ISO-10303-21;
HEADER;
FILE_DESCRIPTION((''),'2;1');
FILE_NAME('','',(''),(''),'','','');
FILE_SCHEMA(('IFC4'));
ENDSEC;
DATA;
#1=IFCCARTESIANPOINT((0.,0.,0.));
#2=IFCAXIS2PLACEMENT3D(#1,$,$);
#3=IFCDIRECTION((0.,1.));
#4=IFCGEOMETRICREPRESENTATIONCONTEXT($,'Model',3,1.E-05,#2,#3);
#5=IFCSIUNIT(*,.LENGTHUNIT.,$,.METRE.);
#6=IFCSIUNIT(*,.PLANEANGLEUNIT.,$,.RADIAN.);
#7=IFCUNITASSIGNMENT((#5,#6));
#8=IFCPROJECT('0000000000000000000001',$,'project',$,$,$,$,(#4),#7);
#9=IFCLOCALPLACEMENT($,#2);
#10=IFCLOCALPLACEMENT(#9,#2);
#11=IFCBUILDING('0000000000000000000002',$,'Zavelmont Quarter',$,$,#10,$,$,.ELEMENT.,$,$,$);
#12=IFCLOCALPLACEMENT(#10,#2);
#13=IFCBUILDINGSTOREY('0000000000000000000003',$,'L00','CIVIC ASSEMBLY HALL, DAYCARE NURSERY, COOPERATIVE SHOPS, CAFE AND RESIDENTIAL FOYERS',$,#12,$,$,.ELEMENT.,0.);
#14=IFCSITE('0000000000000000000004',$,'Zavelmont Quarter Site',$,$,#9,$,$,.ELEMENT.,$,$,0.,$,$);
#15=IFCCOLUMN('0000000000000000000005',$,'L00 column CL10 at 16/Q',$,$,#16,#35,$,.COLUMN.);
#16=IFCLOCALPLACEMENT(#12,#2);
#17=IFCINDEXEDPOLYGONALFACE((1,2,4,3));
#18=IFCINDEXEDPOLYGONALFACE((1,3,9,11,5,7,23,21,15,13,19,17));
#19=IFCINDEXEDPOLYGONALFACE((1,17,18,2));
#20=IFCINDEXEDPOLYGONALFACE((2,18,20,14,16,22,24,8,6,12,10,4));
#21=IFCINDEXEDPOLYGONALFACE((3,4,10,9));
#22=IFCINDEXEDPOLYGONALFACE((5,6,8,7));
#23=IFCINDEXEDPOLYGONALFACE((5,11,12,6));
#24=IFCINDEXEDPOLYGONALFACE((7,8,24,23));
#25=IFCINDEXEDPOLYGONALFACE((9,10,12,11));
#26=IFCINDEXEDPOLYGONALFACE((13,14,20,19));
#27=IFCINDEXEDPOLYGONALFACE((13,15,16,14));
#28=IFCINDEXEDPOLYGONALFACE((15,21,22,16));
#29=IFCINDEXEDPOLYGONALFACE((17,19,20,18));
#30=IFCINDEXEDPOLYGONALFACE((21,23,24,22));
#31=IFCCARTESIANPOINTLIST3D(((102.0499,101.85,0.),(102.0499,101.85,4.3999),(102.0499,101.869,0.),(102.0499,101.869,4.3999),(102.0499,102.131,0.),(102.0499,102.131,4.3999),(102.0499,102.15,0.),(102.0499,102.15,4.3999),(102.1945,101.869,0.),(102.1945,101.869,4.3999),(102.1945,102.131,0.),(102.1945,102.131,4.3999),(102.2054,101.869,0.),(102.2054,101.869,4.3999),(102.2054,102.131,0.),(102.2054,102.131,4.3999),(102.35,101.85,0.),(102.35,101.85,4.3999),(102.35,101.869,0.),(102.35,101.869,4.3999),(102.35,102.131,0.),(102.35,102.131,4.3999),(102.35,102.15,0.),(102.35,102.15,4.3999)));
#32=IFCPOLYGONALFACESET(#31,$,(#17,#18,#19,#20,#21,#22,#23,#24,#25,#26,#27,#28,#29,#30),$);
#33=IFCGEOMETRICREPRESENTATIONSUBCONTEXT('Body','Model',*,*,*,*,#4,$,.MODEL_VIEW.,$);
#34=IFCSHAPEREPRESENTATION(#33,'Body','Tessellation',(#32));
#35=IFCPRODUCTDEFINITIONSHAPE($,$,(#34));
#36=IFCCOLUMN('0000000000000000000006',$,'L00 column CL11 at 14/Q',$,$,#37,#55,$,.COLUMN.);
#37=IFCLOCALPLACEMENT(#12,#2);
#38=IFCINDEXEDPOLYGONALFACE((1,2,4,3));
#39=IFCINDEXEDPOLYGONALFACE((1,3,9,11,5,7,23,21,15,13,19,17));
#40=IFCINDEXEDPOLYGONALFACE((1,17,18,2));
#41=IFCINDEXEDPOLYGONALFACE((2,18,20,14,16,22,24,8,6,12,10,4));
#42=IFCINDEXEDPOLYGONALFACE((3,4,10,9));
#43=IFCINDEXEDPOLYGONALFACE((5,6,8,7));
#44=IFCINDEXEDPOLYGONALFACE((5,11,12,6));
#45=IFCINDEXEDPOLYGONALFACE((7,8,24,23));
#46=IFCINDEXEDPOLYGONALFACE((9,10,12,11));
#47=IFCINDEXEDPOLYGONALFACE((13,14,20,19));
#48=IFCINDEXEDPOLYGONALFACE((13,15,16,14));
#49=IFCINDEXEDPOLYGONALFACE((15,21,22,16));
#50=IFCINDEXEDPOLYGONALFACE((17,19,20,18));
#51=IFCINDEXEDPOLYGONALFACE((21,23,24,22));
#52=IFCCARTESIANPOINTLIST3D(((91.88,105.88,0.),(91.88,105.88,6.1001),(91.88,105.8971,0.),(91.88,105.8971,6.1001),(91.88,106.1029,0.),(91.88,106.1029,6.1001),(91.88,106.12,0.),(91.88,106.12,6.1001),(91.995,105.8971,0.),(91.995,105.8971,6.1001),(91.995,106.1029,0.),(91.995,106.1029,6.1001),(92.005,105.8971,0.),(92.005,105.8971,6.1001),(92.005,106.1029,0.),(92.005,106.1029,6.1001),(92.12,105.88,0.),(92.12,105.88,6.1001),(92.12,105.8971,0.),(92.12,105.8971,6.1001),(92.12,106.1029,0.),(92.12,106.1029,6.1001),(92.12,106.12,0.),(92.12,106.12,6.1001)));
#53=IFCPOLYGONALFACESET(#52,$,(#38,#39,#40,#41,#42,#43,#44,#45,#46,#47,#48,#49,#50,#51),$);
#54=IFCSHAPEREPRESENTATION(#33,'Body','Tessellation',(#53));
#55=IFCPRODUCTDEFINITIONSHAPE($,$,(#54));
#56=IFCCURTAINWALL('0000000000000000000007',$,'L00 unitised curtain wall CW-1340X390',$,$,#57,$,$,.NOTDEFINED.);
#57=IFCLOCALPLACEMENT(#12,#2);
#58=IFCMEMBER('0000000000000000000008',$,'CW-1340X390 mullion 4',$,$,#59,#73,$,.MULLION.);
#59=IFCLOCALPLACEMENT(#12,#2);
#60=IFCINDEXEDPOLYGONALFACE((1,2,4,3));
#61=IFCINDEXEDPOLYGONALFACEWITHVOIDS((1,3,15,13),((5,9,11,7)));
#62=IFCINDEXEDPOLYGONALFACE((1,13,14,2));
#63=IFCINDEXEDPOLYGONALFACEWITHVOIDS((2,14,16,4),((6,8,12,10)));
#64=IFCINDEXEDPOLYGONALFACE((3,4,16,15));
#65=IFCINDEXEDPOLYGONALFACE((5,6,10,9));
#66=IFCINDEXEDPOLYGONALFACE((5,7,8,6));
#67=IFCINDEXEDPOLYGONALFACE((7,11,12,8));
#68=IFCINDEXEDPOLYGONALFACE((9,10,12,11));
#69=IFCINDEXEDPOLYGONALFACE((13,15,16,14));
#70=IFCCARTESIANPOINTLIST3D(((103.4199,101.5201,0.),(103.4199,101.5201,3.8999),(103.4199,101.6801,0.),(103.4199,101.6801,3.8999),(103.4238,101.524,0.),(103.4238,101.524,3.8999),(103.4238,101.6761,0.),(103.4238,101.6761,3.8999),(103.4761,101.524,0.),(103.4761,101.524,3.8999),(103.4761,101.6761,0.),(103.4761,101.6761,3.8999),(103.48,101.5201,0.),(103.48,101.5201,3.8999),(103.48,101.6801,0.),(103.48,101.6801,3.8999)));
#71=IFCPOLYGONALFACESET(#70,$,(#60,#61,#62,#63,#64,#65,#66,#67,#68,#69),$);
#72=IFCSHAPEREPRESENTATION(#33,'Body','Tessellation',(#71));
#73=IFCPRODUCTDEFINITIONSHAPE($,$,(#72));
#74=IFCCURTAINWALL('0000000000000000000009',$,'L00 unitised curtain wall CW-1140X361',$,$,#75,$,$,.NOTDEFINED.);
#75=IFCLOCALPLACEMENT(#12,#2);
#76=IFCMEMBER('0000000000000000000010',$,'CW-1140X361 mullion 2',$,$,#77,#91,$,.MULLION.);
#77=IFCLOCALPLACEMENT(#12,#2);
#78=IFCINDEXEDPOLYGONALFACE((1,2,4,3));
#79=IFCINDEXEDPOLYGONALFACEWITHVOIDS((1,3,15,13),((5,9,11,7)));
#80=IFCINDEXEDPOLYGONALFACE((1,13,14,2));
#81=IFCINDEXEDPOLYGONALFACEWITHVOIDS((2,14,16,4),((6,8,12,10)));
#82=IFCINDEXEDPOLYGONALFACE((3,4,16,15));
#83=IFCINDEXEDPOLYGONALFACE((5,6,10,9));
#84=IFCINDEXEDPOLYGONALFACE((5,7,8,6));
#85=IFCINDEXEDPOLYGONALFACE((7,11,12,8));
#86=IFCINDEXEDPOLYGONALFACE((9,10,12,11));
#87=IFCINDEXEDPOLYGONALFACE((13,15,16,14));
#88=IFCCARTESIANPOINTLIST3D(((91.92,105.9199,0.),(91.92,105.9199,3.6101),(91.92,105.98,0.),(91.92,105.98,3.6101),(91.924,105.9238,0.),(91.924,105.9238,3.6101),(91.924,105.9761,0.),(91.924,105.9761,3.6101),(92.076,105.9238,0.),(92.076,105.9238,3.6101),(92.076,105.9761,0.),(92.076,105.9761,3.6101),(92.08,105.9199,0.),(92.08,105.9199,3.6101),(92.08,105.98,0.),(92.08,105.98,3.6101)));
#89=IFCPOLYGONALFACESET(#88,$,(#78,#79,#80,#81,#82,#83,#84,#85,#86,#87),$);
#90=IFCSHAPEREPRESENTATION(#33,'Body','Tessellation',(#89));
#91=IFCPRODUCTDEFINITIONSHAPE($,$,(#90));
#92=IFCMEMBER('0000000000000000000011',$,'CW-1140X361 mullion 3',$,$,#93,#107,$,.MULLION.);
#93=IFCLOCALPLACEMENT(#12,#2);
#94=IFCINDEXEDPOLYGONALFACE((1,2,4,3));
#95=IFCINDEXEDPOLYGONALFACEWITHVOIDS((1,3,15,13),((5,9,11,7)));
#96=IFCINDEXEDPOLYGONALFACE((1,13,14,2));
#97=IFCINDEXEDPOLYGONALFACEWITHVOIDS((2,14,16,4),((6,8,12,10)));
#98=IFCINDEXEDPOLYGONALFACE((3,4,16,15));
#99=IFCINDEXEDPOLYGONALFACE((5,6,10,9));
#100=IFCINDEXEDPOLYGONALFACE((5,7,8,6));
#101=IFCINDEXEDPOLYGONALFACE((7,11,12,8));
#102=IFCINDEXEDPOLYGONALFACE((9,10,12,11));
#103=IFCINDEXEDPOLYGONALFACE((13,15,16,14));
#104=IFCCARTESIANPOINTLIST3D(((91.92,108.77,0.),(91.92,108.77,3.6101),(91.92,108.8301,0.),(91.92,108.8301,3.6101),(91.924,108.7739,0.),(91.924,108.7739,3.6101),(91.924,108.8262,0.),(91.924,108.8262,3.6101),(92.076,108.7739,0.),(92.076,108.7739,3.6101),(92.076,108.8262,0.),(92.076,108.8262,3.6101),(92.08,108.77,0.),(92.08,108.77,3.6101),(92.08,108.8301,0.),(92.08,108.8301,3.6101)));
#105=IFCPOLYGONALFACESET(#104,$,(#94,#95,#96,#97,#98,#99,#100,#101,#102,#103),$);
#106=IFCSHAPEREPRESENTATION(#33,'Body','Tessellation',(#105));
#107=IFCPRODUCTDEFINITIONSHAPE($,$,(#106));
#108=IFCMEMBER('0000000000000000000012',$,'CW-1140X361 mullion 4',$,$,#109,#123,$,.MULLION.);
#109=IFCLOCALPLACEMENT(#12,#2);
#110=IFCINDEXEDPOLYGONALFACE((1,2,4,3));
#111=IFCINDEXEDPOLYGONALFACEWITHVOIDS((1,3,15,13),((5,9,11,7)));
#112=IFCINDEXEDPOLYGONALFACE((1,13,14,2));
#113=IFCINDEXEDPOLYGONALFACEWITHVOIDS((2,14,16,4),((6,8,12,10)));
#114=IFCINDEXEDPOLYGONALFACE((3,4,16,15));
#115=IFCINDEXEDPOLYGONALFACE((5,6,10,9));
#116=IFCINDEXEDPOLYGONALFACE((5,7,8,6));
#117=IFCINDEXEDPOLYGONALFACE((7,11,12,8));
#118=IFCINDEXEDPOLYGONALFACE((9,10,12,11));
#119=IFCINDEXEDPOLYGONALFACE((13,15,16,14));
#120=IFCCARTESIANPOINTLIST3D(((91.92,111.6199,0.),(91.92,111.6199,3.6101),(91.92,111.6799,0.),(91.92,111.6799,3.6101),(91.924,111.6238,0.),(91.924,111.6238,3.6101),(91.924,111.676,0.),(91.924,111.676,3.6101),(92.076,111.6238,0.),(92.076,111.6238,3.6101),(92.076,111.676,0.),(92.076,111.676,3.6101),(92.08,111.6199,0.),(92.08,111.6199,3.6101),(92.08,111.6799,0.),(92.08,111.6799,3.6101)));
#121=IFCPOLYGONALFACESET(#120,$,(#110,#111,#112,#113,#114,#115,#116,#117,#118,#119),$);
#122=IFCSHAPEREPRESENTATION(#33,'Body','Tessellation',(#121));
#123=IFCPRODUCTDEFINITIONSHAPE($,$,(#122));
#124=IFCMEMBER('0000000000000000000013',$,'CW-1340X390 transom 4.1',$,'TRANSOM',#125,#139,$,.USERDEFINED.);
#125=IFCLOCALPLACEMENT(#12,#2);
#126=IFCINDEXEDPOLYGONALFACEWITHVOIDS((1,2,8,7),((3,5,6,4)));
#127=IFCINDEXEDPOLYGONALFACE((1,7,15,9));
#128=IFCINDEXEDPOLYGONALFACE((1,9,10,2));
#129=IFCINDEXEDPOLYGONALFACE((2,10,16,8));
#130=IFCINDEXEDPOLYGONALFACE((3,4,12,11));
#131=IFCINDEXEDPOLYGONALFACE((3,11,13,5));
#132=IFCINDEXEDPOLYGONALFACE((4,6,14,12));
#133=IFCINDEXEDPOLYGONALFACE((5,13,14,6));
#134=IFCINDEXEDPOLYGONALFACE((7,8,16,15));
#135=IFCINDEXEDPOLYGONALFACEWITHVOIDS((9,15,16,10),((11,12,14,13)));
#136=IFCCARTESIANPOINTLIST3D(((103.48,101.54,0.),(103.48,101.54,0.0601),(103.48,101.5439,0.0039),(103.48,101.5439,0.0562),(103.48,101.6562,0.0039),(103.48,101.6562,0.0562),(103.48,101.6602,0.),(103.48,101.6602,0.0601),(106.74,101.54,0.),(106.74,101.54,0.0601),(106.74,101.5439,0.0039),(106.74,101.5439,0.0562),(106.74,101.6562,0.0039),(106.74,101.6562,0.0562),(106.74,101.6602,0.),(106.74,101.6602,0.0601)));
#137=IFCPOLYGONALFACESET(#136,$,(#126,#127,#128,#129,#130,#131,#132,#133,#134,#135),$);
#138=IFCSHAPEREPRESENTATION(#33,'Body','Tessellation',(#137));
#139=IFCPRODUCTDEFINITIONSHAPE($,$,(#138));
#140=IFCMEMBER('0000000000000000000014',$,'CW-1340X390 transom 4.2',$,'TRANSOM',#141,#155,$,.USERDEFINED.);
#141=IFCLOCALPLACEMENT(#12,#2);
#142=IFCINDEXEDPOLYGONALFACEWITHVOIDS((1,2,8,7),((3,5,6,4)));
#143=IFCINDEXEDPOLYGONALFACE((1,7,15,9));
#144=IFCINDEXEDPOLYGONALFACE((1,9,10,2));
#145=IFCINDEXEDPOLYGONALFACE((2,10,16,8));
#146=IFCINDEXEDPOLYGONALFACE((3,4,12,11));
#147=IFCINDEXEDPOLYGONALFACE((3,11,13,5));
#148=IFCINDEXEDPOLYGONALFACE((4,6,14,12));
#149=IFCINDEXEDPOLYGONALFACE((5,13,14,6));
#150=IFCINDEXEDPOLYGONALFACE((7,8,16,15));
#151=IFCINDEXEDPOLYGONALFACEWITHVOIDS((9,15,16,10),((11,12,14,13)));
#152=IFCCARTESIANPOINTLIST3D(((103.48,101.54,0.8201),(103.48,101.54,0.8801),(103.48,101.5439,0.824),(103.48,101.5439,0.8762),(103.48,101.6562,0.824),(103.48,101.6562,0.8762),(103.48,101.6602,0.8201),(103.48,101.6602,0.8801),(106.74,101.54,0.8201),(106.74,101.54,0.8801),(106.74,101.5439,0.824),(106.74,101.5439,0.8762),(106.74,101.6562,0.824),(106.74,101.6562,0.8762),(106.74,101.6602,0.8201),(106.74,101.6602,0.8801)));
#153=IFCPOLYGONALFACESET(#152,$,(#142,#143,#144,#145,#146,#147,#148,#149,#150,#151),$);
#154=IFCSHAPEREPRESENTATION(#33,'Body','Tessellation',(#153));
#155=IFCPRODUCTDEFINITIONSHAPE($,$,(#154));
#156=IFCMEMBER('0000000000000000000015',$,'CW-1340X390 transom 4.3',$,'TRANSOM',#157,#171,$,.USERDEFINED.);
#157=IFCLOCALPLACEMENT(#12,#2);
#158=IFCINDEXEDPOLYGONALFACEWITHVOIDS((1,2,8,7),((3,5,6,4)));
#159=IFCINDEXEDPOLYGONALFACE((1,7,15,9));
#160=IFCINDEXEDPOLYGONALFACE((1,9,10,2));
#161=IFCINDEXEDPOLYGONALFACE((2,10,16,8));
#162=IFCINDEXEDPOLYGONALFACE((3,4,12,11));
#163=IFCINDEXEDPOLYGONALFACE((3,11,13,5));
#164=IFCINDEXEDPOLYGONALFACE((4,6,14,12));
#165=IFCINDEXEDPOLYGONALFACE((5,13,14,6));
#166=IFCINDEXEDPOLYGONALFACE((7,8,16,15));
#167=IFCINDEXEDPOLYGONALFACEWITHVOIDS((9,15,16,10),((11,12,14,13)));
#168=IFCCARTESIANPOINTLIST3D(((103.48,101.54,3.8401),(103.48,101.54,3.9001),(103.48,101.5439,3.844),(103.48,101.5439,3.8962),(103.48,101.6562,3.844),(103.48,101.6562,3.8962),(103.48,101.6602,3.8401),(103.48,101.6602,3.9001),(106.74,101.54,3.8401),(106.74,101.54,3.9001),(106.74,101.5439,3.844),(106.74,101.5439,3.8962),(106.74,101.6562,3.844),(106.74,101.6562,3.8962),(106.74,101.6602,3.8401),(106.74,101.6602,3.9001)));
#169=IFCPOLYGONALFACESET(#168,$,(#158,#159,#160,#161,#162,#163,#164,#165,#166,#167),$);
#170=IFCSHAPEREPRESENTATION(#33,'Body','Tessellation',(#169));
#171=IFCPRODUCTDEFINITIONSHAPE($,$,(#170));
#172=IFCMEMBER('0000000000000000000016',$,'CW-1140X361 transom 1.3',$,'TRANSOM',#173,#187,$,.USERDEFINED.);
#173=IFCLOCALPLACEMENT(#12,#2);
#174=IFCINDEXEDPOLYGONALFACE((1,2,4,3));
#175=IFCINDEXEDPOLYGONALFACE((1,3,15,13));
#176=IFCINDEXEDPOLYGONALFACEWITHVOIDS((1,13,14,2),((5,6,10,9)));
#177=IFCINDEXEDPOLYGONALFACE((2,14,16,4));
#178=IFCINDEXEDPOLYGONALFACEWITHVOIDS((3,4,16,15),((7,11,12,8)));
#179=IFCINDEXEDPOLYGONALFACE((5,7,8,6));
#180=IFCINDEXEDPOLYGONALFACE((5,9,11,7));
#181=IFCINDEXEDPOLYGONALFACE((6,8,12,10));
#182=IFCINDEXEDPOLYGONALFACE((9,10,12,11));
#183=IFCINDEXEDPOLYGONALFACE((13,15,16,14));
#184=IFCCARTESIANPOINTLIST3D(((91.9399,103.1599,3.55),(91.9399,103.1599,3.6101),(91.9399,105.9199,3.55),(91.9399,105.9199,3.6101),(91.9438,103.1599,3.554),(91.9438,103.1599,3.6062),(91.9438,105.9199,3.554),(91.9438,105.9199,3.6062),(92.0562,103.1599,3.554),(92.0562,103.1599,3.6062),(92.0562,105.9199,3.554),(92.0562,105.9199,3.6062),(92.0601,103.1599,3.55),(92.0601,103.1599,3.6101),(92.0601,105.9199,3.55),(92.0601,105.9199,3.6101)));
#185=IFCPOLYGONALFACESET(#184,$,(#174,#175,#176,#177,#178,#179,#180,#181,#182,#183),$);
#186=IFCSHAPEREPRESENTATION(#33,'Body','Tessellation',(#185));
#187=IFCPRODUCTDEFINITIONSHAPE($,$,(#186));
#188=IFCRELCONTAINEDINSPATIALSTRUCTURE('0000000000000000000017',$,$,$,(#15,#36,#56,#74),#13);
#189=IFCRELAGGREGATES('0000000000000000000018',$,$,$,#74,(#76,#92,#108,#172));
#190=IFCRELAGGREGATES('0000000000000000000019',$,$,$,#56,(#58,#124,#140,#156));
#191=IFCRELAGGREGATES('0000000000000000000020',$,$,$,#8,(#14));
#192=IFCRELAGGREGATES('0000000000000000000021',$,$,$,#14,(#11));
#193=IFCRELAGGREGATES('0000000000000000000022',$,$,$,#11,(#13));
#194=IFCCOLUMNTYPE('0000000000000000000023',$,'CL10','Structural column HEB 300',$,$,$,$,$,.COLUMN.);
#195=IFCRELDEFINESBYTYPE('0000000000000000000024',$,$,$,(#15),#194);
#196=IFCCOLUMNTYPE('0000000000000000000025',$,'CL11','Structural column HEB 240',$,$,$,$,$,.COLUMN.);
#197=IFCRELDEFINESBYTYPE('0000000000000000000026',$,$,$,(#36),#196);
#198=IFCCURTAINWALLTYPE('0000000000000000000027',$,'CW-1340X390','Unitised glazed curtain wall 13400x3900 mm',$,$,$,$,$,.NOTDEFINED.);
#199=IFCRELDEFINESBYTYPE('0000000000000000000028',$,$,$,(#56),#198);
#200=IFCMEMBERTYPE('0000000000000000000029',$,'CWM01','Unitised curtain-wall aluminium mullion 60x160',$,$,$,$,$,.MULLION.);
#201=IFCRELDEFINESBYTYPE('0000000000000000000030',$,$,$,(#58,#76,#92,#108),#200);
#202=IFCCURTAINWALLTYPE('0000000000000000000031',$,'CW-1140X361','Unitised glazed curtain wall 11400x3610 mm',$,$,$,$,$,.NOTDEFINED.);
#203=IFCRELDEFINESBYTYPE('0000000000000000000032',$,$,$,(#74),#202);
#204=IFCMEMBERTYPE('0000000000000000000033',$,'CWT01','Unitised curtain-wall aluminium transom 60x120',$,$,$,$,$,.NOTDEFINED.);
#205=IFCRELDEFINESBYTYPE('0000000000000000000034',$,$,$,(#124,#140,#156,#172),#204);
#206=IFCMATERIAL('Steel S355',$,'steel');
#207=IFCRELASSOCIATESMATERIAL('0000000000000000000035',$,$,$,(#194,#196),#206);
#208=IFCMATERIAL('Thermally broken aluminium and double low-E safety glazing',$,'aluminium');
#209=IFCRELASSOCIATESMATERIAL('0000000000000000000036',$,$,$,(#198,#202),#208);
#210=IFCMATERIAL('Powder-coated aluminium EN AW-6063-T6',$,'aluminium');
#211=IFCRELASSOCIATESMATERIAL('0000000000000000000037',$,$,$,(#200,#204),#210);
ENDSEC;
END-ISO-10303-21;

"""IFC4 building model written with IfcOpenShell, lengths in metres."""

from ifc_helpers import new_model, si_unit, direction, frame, origin, origin_2d, place, context, subcontext, project, spatial, hollow_rectangle, i_section, extrude, material, material_profile, profile_set, type_object, element, aggregate, save


model = new_model("IFC4")

# Units and contexts
model_context = context("Model", 3, precision=1e-05, world=origin(), true_north=direction((0.0, 1.0)))
body_context = subcontext(model_context, "Body", "Model", "MODEL_VIEW")
ifc_project = project(units=[si_unit("LENGTHUNIT", "METRE"), si_unit("PLANEANGLEUNIT", "RADIAN")], contexts=[model_context])

# Site, building, storey
site_placement = place(None, origin())
site = spatial("IfcSite", under=ifc_project, at=site_placement, Name="Zavelmont Quarter Site", CompositionType="ELEMENT", RefElevation=0.0)
building_placement = place(site_placement, origin())
building = spatial("IfcBuilding", under=site, at=building_placement, Name="Zavelmont Quarter", CompositionType="ELEMENT")
storey_placement = place(building_placement, origin())
storey = spatial("IfcBuildingStorey", under=building, at=storey_placement, Name="L00", Description="CIVIC ASSEMBLY HALL, DAYCARE NURSERY, COOPERATIVE SHOPS, CAFE AND RESIDENTIAL FOYERS", CompositionType="ELEMENT", Elevation=0.0)

# Columns
ifc_material_1 = material(Name="Steel S355", Category="steel")
ifc_material_profile_1 = material_profile(ifc_material_1, i_section(OverallWidth=0.3, OverallDepth=0.3, WebThickness=0.011, FlangeThickness=0.019, at=origin_2d()), Name="HEB 300")
ifc_profile_set_1 = profile_set([ifc_material_profile_1], Name="Steel S355")
column_type_1 = type_object("IfcColumnType", Name="CL10", Description="Structural column HEB 300", PredefinedType="COLUMN", material=ifc_profile_set_1)
column_1_placement = place(storey_placement, frame((102.2, 102.0, 0.0), z_axis=(0.0, 0.0, 1.0), x_axis=(1.0, 0.0, 0.0)))
element("IfcColumn", 1, at=column_1_placement, inside=storey, type_object=column_type_1, Name="L00 column CL10 at 16/Q", PredefinedType="COLUMN", context=body_context, shape_type="SweptSolid", body=[
    extrude(i_section(OverallWidth=0.3, OverallDepth=0.3, WebThickness=0.011, FlangeThickness=0.019, at=origin_2d()), origin(), (0.0, 0.0, 1.0), 4.3999),
])
ifc_material_profile_2 = material_profile(ifc_material_1, i_section(OverallWidth=0.24, OverallDepth=0.24, WebThickness=0.01, FlangeThickness=0.0171, at=origin_2d()), Name="HEB 240")
ifc_profile_set_2 = profile_set([ifc_material_profile_2], Name="Steel S355")
column_type_2 = type_object("IfcColumnType", Name="CL11", Description="Structural column HEB 240", PredefinedType="COLUMN", material=ifc_profile_set_2)
column_2_placement = place(storey_placement, frame((92.0, 106.0, 0.0), z_axis=(0.0, 0.0, 1.0), x_axis=(1.0, 0.0, 0.0)))
element("IfcColumn", 2, at=column_2_placement, inside=storey, type_object=column_type_2, Name="L00 column CL11 at 14/Q", PredefinedType="COLUMN", context=body_context, shape_type="SweptSolid", body=[
    extrude(i_section(OverallWidth=0.24, OverallDepth=0.24, WebThickness=0.01, FlangeThickness=0.0171, at=origin_2d()), origin(), (0.0, 0.0, 1.0), 6.1001),
])

# Curtain wall, member
ifc_material_2 = material(Name="Thermally broken aluminium and double low-E safety glazing", Category="aluminium")
curtain_wall_type_1 = type_object("IfcCurtainWallType", Name="CW-1340X390", Description="Unitised glazed curtain wall 13400x3900 mm", PredefinedType="NOTDEFINED", material=ifc_material_2)
curtain_wall_1_placement = place(storey_placement, origin())
curtain_wall_1 = element("IfcCurtainWall", 3, at=curtain_wall_1_placement, inside=storey, type_object=curtain_wall_type_1, Name="L00 unitised curtain wall CW-1340X390", PredefinedType="NOTDEFINED")
ifc_material_3 = material(Name="Powder-coated aluminium EN AW-6063-T6", Category="aluminium")
ifc_material_profile_3 = material_profile(ifc_material_3, hollow_rectangle(XDim=0.0601, YDim=0.1599, WallThickness=0.0039, at=origin_2d()), Name="CWM60X160")
ifc_profile_set_3 = profile_set([ifc_material_profile_3], Name="Powder-coated aluminium EN AW-6063-T6")
member_type_1 = type_object("IfcMemberType", Name="CWM01", Description="Unitised curtain-wall aluminium mullion 60x160", PredefinedType="MULLION", material=ifc_profile_set_3)
member_1_placement = place(storey_placement, frame((103.45, 101.6001, 0.0), z_axis=(0.0, 0.0, 1.0), x_axis=(1.0, 0.0, 0.0)))
member_1 = element("IfcMember", 4, at=member_1_placement, type_object=member_type_1, Name="CW-1340X390 mullion 4", PredefinedType="MULLION", context=body_context, shape_type="SweptSolid", body=[
    extrude(hollow_rectangle(XDim=0.0601, YDim=0.1599, WallThickness=0.0039, at=origin_2d()), origin(), (0.0, 0.0, 1.0), 3.8999),
])

# Curtain wall, members
curtain_wall_type_2 = type_object("IfcCurtainWallType", Name="CW-1140X361", Description="Unitised glazed curtain wall 11400x3610 mm", PredefinedType="NOTDEFINED", material=ifc_material_2)
curtain_wall_2_placement = place(storey_placement, origin())
curtain_wall_2 = element("IfcCurtainWall", 5, at=curtain_wall_2_placement, inside=storey, type_object=curtain_wall_type_2, Name="L00 unitised curtain wall CW-1140X361", PredefinedType="NOTDEFINED")
member_2_placement = place(storey_placement, frame((92.0, 105.95, 0.0), z_axis=(0.0, 0.0, 1.0), x_axis=(0.0, 1.0, 0.0)))
member_2 = element("IfcMember", 6, at=member_2_placement, type_object=member_type_1, Name="CW-1140X361 mullion 2", PredefinedType="MULLION", context=body_context, shape_type="SweptSolid", body=[
    extrude(hollow_rectangle(XDim=0.0601, YDim=0.1599, WallThickness=0.0039, at=origin_2d()), origin(), (0.0, 0.0, 1.0), 3.6101),
])
member_3_placement = place(storey_placement, frame((92.0, 108.8, 0.0), z_axis=(0.0, 0.0, 1.0), x_axis=(0.0, 1.0, 0.0)))
member_3 = element("IfcMember", 7, at=member_3_placement, type_object=member_type_1, Name="CW-1140X361 mullion 3", PredefinedType="MULLION", context=body_context, shape_type="SweptSolid", body=[
    extrude(hollow_rectangle(XDim=0.0601, YDim=0.1599, WallThickness=0.0039, at=origin_2d()), origin(), (0.0, 0.0, 1.0), 3.6101),
])
member_4_placement = place(storey_placement, frame((92.0, 111.6499, 0.0), z_axis=(0.0, 0.0, 1.0), x_axis=(0.0, 1.0, 0.0)))
member_4 = element("IfcMember", 8, at=member_4_placement, type_object=member_type_1, Name="CW-1140X361 mullion 4", PredefinedType="MULLION", context=body_context, shape_type="SweptSolid", body=[
    extrude(hollow_rectangle(XDim=0.0601, YDim=0.1599, WallThickness=0.0039, at=origin_2d()), origin(), (0.0, 0.0, 1.0), 3.6101),
])

# Members
ifc_material_profile_4 = material_profile(ifc_material_3, hollow_rectangle(XDim=0.1201, YDim=0.0601, WallThickness=0.0039, at=origin_2d()), Name="CWT60X120")
ifc_profile_set_4 = profile_set([ifc_material_profile_4], Name="Powder-coated aluminium EN AW-6063-T6")
member_type_2 = type_object("IfcMemberType", Name="CWT01", Description="Unitised curtain-wall aluminium transom 60x120", PredefinedType="NOTDEFINED", material=ifc_profile_set_4)
member_5_placement = place(storey_placement, frame((103.48, 101.6001, 0.03), z_axis=(1.0, 0.0, 0.0), x_axis=(0.0, 1.0, 0.0)))
member_5 = element("IfcMember", 9, at=member_5_placement, type_object=member_type_2, Name="CW-1340X390 transom 4.1", ObjectType="TRANSOM", PredefinedType="USERDEFINED", context=body_context, shape_type="SweptSolid", body=[
    extrude(hollow_rectangle(XDim=0.1201, YDim=0.0601, WallThickness=0.0039, at=origin_2d()), origin(), (0.0, 0.0, 1.0), 3.26),
])
member_6_placement = place(storey_placement, frame((103.48, 101.6001, 0.8501), z_axis=(1.0, 0.0, 0.0), x_axis=(0.0, 1.0, 0.0)))
member_6 = element("IfcMember", 10, at=member_6_placement, type_object=member_type_2, Name="CW-1340X390 transom 4.2", ObjectType="TRANSOM", PredefinedType="USERDEFINED", context=body_context, shape_type="SweptSolid", body=[
    extrude(hollow_rectangle(XDim=0.1201, YDim=0.0601, WallThickness=0.0039, at=origin_2d()), origin(), (0.0, 0.0, 1.0), 3.26),
])
member_7_placement = place(storey_placement, frame((103.48, 101.6001, 3.8701), z_axis=(1.0, 0.0, 0.0), x_axis=(0.0, 1.0, 0.0)))
member_7 = element("IfcMember", 11, at=member_7_placement, type_object=member_type_2, Name="CW-1340X390 transom 4.3", ObjectType="TRANSOM", PredefinedType="USERDEFINED", context=body_context, shape_type="SweptSolid", body=[
    extrude(hollow_rectangle(XDim=0.1201, YDim=0.0601, WallThickness=0.0039, at=origin_2d()), origin(), (0.0, 0.0, 1.0), 3.26),
])
member_8_placement = place(storey_placement, frame((92.0, 103.1599, 3.5801), z_axis=(0.0, 1.0, 0.0), x_axis=(-1.0, 0.0, 0.0)))
member_8 = element("IfcMember", 12, at=member_8_placement, type_object=member_type_2, Name="CW-1140X361 transom 1.3", ObjectType="TRANSOM", PredefinedType="USERDEFINED", context=body_context, shape_type="SweptSolid", body=[
    extrude(hollow_rectangle(XDim=0.1201, YDim=0.0601, WallThickness=0.0039, at=origin_2d()), origin(), (0.0, 0.0, 1.0), 2.76),
])

aggregate(curtain_wall_2, [member_2, member_3, member_4, member_8])
aggregate(curtain_wall_1, [member_1, member_5, member_6, member_7])

save(model, "model.ifc")
